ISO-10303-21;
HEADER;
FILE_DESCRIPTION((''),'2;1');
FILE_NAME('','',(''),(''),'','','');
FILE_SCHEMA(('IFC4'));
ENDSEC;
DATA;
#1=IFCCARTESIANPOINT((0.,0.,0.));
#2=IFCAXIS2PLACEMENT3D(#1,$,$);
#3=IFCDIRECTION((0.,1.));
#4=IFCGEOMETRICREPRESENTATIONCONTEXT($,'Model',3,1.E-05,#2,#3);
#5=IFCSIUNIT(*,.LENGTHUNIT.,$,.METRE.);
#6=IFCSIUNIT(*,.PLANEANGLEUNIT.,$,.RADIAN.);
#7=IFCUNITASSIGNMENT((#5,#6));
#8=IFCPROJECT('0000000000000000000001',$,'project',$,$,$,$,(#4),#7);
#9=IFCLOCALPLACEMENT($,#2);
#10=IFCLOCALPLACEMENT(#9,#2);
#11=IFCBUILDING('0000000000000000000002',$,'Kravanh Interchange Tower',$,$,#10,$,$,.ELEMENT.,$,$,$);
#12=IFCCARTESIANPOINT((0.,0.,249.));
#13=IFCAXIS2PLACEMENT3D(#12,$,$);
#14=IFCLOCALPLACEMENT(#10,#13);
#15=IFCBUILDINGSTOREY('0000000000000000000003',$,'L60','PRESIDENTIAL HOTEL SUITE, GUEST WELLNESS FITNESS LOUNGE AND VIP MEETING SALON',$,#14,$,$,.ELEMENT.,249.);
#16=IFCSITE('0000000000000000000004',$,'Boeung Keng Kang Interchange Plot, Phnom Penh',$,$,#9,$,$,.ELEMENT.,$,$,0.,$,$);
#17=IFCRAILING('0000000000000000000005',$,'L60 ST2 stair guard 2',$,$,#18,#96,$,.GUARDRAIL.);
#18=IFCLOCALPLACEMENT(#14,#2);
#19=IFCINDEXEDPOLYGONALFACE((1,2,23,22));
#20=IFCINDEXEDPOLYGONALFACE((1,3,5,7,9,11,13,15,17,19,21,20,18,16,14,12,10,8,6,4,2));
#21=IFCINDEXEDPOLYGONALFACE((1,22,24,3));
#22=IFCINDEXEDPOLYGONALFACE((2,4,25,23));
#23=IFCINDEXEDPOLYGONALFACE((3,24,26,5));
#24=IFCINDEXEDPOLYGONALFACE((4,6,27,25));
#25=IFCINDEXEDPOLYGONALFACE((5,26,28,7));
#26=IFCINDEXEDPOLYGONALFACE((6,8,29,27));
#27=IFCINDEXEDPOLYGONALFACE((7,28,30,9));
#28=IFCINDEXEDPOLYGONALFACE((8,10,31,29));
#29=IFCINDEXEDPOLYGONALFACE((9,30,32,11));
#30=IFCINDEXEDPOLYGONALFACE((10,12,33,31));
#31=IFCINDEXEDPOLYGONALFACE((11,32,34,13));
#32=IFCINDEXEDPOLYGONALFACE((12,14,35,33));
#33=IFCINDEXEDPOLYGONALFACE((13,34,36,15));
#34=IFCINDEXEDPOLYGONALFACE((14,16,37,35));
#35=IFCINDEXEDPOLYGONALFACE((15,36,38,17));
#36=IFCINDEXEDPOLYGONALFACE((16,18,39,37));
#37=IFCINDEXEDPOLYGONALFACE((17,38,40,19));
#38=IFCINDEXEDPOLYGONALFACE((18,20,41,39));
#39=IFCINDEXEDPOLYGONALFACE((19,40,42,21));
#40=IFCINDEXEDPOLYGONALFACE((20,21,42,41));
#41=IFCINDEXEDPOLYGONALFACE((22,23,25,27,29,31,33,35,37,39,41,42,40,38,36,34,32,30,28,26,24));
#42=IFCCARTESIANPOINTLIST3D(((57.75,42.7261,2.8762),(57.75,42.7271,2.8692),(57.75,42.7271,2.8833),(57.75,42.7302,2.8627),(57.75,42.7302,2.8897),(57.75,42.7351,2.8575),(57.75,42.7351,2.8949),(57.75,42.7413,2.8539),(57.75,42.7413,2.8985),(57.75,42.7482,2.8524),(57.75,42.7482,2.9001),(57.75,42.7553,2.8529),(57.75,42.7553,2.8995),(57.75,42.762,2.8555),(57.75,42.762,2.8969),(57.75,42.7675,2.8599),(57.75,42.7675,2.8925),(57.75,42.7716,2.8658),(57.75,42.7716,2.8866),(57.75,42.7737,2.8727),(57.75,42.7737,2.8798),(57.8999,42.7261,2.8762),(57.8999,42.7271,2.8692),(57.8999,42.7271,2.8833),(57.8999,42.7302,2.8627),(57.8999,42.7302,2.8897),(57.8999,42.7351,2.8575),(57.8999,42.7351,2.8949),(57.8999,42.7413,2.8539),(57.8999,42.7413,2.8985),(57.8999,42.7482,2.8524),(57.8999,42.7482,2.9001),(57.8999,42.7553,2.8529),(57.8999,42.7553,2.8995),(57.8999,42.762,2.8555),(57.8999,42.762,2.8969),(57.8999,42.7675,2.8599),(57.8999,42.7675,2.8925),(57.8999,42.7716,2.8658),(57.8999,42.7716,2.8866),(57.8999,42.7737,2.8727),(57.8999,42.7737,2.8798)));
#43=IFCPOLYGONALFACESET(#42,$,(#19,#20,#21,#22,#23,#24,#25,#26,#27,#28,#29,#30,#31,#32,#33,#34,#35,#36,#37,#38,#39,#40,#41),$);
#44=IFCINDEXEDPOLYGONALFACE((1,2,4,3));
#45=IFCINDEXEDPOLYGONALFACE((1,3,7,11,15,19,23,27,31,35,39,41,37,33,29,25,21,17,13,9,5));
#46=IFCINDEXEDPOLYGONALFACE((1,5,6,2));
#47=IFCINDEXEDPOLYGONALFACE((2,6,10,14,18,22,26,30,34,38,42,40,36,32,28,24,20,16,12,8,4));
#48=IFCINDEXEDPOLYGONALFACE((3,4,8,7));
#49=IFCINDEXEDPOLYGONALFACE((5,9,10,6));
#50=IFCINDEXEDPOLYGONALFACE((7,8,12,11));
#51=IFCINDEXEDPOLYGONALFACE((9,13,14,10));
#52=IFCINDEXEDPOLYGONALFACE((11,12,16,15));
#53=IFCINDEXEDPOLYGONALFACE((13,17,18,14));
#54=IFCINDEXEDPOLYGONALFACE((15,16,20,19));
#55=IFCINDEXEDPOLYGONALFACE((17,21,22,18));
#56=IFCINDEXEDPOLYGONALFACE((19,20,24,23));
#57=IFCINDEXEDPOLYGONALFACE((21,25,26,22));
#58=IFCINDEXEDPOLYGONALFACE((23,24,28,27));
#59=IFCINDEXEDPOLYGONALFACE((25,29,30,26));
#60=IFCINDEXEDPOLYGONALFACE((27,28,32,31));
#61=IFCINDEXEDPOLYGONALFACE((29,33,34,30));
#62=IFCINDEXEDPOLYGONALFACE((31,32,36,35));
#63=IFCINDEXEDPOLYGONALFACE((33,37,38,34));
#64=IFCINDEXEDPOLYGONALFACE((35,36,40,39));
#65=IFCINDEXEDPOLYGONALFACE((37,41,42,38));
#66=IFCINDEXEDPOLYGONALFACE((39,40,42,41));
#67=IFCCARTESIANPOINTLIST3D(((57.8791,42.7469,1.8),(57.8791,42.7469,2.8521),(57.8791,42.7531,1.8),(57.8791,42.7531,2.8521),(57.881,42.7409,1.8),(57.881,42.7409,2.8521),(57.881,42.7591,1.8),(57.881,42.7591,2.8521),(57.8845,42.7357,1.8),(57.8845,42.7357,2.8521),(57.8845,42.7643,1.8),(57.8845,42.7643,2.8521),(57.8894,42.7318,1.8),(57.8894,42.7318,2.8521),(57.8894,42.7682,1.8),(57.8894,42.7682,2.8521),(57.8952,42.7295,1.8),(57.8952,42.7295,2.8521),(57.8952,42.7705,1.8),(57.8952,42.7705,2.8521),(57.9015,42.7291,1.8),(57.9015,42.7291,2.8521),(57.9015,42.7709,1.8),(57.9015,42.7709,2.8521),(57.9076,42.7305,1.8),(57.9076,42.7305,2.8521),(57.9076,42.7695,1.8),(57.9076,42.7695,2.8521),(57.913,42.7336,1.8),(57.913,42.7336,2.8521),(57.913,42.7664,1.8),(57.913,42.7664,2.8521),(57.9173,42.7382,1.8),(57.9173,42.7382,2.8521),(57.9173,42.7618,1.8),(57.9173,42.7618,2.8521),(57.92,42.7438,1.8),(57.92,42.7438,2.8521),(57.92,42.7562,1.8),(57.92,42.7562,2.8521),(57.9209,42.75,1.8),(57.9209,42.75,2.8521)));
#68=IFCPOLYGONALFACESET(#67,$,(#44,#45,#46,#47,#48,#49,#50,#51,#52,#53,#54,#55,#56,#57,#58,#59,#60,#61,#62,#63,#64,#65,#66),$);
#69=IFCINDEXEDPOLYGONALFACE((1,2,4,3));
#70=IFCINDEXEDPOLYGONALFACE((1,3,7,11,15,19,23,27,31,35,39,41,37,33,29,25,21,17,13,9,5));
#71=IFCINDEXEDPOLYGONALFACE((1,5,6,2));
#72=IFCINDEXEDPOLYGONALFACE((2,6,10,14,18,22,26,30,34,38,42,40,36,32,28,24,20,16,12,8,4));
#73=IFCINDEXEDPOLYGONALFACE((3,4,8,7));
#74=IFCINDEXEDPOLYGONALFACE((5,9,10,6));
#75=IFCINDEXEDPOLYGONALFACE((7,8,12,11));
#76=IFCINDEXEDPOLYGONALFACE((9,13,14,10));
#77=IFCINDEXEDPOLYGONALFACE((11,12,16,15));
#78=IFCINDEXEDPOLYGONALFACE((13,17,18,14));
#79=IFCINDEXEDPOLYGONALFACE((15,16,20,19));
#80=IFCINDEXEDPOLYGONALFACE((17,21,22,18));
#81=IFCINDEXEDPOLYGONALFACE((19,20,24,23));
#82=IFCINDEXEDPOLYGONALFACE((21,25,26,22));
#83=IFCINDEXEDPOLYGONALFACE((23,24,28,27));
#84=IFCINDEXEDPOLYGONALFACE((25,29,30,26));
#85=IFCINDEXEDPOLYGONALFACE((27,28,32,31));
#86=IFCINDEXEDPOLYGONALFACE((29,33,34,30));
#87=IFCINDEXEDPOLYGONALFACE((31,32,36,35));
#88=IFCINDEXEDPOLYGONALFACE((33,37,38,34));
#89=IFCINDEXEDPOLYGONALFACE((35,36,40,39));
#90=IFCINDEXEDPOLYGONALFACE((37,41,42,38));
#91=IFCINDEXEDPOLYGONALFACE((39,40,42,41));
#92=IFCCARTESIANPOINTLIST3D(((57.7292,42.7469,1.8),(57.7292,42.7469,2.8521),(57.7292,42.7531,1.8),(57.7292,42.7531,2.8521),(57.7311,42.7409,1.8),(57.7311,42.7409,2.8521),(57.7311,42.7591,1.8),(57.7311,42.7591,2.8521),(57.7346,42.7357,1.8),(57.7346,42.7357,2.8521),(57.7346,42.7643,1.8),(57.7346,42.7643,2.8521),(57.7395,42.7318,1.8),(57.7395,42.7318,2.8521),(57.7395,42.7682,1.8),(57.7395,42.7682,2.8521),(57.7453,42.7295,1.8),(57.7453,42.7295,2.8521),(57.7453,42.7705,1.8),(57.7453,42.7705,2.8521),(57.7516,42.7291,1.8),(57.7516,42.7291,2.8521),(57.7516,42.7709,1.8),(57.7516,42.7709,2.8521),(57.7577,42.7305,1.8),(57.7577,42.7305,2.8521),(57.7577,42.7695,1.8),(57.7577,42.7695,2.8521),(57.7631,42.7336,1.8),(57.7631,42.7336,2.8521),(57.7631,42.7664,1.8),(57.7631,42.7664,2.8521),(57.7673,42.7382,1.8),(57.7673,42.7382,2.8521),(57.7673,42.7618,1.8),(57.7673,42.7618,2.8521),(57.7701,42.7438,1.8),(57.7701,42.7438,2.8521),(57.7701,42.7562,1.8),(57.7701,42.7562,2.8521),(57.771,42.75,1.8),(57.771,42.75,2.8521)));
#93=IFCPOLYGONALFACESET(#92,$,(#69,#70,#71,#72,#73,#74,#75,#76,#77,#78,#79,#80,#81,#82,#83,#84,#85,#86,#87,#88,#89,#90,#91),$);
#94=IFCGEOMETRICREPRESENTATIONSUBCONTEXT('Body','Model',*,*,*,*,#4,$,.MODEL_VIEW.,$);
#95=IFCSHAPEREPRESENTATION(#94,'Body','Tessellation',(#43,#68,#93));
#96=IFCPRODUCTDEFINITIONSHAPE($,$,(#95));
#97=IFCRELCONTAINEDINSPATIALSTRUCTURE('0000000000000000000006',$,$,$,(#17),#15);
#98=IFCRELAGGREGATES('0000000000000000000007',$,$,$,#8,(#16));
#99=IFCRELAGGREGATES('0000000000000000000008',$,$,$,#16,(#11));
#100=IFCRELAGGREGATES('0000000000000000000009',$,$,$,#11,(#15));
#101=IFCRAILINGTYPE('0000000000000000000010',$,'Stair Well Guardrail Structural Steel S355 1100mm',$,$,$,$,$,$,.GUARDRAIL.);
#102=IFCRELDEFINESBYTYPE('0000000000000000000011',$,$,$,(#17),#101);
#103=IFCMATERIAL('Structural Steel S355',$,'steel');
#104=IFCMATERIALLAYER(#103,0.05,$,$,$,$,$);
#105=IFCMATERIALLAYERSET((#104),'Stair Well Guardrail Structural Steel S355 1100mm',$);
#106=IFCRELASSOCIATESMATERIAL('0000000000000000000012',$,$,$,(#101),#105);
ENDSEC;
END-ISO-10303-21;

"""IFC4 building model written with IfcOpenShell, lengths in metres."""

from ifc_helpers import new_model, si_unit, direction, frame, origin, origin_2d, place, context, subcontext, project, spatial, circle, extrude, material, layer, layer_set, type_object, element, save


model = new_model("IFC4")

# Units and contexts
model_context = context("Model", 3, precision=1e-05, world=origin(), true_north=direction((0.0, 1.0)))
body_context = subcontext(model_context, "Body", "Model", "MODEL_VIEW")
ifc_project = project(units=[si_unit("LENGTHUNIT", "METRE"), si_unit("PLANEANGLEUNIT", "RADIAN")], contexts=[model_context])

# Site, building, storey
site_placement = place(None, origin())
site = spatial("IfcSite", under=ifc_project, at=site_placement, Name="Boeung Keng Kang Interchange Plot, Phnom Penh", CompositionType="ELEMENT", RefElevation=0.0)
building_placement = place(site_placement, origin())
building = spatial("IfcBuilding", under=site, at=building_placement, Name="Kravanh Interchange Tower", CompositionType="ELEMENT")
storey_placement = place(building_placement, frame((0.0, 0.0, 249.0)))
storey = spatial("IfcBuildingStorey", under=building, at=storey_placement, Name="L60", Description="PRESIDENTIAL HOTEL SUITE, GUEST WELLNESS FITNESS LOUNGE AND VIP MEETING SALON", CompositionType="ELEMENT", Elevation=249.0)

# Railing
ifc_material_1 = material(Name="Structural Steel S355", Category="steel")
ifc_layer_1 = layer(ifc_material_1, 0.05)
ifc_layer_set_1 = layer_set([ifc_layer_1], Name="Stair Well Guardrail Structural Steel S355 1100mm")
railing_type_1 = type_object("IfcRailingType", Name="Stair Well Guardrail Structural Steel S355 1100mm", PredefinedType="GUARDRAIL", material=ifc_layer_set_1)
railing_1_placement = place(storey_placement, frame((57.8999, 42.75, 1.8)))
element("IfcRailing", 1, at=railing_1_placement, inside=storey, type_object=railing_type_1, Name="L60 ST2 stair guard 2", PredefinedType="GUARDRAIL", context=body_context, shape_type="SweptSolid", body=[
    extrude(circle(Radius=0.0239, at=origin_2d()), frame((0.0, 0.0, 1.0762), z_axis=(-1.0, 0.0, 0.0), x_axis=(0.0, -1.0, 0.0)), (0.0, 0.0, 1.0), 0.1499),
    extrude(circle(Radius=0.021, at=origin_2d()), origin(), (0.0, 0.0, 1.0), 1.052),
    extrude(circle(Radius=0.021, at=origin_2d()), frame((-0.1499, 0.0, 0.0)), (0.0, 0.0, 1.0), 1.052),
])

save(model, "model.ifc")
